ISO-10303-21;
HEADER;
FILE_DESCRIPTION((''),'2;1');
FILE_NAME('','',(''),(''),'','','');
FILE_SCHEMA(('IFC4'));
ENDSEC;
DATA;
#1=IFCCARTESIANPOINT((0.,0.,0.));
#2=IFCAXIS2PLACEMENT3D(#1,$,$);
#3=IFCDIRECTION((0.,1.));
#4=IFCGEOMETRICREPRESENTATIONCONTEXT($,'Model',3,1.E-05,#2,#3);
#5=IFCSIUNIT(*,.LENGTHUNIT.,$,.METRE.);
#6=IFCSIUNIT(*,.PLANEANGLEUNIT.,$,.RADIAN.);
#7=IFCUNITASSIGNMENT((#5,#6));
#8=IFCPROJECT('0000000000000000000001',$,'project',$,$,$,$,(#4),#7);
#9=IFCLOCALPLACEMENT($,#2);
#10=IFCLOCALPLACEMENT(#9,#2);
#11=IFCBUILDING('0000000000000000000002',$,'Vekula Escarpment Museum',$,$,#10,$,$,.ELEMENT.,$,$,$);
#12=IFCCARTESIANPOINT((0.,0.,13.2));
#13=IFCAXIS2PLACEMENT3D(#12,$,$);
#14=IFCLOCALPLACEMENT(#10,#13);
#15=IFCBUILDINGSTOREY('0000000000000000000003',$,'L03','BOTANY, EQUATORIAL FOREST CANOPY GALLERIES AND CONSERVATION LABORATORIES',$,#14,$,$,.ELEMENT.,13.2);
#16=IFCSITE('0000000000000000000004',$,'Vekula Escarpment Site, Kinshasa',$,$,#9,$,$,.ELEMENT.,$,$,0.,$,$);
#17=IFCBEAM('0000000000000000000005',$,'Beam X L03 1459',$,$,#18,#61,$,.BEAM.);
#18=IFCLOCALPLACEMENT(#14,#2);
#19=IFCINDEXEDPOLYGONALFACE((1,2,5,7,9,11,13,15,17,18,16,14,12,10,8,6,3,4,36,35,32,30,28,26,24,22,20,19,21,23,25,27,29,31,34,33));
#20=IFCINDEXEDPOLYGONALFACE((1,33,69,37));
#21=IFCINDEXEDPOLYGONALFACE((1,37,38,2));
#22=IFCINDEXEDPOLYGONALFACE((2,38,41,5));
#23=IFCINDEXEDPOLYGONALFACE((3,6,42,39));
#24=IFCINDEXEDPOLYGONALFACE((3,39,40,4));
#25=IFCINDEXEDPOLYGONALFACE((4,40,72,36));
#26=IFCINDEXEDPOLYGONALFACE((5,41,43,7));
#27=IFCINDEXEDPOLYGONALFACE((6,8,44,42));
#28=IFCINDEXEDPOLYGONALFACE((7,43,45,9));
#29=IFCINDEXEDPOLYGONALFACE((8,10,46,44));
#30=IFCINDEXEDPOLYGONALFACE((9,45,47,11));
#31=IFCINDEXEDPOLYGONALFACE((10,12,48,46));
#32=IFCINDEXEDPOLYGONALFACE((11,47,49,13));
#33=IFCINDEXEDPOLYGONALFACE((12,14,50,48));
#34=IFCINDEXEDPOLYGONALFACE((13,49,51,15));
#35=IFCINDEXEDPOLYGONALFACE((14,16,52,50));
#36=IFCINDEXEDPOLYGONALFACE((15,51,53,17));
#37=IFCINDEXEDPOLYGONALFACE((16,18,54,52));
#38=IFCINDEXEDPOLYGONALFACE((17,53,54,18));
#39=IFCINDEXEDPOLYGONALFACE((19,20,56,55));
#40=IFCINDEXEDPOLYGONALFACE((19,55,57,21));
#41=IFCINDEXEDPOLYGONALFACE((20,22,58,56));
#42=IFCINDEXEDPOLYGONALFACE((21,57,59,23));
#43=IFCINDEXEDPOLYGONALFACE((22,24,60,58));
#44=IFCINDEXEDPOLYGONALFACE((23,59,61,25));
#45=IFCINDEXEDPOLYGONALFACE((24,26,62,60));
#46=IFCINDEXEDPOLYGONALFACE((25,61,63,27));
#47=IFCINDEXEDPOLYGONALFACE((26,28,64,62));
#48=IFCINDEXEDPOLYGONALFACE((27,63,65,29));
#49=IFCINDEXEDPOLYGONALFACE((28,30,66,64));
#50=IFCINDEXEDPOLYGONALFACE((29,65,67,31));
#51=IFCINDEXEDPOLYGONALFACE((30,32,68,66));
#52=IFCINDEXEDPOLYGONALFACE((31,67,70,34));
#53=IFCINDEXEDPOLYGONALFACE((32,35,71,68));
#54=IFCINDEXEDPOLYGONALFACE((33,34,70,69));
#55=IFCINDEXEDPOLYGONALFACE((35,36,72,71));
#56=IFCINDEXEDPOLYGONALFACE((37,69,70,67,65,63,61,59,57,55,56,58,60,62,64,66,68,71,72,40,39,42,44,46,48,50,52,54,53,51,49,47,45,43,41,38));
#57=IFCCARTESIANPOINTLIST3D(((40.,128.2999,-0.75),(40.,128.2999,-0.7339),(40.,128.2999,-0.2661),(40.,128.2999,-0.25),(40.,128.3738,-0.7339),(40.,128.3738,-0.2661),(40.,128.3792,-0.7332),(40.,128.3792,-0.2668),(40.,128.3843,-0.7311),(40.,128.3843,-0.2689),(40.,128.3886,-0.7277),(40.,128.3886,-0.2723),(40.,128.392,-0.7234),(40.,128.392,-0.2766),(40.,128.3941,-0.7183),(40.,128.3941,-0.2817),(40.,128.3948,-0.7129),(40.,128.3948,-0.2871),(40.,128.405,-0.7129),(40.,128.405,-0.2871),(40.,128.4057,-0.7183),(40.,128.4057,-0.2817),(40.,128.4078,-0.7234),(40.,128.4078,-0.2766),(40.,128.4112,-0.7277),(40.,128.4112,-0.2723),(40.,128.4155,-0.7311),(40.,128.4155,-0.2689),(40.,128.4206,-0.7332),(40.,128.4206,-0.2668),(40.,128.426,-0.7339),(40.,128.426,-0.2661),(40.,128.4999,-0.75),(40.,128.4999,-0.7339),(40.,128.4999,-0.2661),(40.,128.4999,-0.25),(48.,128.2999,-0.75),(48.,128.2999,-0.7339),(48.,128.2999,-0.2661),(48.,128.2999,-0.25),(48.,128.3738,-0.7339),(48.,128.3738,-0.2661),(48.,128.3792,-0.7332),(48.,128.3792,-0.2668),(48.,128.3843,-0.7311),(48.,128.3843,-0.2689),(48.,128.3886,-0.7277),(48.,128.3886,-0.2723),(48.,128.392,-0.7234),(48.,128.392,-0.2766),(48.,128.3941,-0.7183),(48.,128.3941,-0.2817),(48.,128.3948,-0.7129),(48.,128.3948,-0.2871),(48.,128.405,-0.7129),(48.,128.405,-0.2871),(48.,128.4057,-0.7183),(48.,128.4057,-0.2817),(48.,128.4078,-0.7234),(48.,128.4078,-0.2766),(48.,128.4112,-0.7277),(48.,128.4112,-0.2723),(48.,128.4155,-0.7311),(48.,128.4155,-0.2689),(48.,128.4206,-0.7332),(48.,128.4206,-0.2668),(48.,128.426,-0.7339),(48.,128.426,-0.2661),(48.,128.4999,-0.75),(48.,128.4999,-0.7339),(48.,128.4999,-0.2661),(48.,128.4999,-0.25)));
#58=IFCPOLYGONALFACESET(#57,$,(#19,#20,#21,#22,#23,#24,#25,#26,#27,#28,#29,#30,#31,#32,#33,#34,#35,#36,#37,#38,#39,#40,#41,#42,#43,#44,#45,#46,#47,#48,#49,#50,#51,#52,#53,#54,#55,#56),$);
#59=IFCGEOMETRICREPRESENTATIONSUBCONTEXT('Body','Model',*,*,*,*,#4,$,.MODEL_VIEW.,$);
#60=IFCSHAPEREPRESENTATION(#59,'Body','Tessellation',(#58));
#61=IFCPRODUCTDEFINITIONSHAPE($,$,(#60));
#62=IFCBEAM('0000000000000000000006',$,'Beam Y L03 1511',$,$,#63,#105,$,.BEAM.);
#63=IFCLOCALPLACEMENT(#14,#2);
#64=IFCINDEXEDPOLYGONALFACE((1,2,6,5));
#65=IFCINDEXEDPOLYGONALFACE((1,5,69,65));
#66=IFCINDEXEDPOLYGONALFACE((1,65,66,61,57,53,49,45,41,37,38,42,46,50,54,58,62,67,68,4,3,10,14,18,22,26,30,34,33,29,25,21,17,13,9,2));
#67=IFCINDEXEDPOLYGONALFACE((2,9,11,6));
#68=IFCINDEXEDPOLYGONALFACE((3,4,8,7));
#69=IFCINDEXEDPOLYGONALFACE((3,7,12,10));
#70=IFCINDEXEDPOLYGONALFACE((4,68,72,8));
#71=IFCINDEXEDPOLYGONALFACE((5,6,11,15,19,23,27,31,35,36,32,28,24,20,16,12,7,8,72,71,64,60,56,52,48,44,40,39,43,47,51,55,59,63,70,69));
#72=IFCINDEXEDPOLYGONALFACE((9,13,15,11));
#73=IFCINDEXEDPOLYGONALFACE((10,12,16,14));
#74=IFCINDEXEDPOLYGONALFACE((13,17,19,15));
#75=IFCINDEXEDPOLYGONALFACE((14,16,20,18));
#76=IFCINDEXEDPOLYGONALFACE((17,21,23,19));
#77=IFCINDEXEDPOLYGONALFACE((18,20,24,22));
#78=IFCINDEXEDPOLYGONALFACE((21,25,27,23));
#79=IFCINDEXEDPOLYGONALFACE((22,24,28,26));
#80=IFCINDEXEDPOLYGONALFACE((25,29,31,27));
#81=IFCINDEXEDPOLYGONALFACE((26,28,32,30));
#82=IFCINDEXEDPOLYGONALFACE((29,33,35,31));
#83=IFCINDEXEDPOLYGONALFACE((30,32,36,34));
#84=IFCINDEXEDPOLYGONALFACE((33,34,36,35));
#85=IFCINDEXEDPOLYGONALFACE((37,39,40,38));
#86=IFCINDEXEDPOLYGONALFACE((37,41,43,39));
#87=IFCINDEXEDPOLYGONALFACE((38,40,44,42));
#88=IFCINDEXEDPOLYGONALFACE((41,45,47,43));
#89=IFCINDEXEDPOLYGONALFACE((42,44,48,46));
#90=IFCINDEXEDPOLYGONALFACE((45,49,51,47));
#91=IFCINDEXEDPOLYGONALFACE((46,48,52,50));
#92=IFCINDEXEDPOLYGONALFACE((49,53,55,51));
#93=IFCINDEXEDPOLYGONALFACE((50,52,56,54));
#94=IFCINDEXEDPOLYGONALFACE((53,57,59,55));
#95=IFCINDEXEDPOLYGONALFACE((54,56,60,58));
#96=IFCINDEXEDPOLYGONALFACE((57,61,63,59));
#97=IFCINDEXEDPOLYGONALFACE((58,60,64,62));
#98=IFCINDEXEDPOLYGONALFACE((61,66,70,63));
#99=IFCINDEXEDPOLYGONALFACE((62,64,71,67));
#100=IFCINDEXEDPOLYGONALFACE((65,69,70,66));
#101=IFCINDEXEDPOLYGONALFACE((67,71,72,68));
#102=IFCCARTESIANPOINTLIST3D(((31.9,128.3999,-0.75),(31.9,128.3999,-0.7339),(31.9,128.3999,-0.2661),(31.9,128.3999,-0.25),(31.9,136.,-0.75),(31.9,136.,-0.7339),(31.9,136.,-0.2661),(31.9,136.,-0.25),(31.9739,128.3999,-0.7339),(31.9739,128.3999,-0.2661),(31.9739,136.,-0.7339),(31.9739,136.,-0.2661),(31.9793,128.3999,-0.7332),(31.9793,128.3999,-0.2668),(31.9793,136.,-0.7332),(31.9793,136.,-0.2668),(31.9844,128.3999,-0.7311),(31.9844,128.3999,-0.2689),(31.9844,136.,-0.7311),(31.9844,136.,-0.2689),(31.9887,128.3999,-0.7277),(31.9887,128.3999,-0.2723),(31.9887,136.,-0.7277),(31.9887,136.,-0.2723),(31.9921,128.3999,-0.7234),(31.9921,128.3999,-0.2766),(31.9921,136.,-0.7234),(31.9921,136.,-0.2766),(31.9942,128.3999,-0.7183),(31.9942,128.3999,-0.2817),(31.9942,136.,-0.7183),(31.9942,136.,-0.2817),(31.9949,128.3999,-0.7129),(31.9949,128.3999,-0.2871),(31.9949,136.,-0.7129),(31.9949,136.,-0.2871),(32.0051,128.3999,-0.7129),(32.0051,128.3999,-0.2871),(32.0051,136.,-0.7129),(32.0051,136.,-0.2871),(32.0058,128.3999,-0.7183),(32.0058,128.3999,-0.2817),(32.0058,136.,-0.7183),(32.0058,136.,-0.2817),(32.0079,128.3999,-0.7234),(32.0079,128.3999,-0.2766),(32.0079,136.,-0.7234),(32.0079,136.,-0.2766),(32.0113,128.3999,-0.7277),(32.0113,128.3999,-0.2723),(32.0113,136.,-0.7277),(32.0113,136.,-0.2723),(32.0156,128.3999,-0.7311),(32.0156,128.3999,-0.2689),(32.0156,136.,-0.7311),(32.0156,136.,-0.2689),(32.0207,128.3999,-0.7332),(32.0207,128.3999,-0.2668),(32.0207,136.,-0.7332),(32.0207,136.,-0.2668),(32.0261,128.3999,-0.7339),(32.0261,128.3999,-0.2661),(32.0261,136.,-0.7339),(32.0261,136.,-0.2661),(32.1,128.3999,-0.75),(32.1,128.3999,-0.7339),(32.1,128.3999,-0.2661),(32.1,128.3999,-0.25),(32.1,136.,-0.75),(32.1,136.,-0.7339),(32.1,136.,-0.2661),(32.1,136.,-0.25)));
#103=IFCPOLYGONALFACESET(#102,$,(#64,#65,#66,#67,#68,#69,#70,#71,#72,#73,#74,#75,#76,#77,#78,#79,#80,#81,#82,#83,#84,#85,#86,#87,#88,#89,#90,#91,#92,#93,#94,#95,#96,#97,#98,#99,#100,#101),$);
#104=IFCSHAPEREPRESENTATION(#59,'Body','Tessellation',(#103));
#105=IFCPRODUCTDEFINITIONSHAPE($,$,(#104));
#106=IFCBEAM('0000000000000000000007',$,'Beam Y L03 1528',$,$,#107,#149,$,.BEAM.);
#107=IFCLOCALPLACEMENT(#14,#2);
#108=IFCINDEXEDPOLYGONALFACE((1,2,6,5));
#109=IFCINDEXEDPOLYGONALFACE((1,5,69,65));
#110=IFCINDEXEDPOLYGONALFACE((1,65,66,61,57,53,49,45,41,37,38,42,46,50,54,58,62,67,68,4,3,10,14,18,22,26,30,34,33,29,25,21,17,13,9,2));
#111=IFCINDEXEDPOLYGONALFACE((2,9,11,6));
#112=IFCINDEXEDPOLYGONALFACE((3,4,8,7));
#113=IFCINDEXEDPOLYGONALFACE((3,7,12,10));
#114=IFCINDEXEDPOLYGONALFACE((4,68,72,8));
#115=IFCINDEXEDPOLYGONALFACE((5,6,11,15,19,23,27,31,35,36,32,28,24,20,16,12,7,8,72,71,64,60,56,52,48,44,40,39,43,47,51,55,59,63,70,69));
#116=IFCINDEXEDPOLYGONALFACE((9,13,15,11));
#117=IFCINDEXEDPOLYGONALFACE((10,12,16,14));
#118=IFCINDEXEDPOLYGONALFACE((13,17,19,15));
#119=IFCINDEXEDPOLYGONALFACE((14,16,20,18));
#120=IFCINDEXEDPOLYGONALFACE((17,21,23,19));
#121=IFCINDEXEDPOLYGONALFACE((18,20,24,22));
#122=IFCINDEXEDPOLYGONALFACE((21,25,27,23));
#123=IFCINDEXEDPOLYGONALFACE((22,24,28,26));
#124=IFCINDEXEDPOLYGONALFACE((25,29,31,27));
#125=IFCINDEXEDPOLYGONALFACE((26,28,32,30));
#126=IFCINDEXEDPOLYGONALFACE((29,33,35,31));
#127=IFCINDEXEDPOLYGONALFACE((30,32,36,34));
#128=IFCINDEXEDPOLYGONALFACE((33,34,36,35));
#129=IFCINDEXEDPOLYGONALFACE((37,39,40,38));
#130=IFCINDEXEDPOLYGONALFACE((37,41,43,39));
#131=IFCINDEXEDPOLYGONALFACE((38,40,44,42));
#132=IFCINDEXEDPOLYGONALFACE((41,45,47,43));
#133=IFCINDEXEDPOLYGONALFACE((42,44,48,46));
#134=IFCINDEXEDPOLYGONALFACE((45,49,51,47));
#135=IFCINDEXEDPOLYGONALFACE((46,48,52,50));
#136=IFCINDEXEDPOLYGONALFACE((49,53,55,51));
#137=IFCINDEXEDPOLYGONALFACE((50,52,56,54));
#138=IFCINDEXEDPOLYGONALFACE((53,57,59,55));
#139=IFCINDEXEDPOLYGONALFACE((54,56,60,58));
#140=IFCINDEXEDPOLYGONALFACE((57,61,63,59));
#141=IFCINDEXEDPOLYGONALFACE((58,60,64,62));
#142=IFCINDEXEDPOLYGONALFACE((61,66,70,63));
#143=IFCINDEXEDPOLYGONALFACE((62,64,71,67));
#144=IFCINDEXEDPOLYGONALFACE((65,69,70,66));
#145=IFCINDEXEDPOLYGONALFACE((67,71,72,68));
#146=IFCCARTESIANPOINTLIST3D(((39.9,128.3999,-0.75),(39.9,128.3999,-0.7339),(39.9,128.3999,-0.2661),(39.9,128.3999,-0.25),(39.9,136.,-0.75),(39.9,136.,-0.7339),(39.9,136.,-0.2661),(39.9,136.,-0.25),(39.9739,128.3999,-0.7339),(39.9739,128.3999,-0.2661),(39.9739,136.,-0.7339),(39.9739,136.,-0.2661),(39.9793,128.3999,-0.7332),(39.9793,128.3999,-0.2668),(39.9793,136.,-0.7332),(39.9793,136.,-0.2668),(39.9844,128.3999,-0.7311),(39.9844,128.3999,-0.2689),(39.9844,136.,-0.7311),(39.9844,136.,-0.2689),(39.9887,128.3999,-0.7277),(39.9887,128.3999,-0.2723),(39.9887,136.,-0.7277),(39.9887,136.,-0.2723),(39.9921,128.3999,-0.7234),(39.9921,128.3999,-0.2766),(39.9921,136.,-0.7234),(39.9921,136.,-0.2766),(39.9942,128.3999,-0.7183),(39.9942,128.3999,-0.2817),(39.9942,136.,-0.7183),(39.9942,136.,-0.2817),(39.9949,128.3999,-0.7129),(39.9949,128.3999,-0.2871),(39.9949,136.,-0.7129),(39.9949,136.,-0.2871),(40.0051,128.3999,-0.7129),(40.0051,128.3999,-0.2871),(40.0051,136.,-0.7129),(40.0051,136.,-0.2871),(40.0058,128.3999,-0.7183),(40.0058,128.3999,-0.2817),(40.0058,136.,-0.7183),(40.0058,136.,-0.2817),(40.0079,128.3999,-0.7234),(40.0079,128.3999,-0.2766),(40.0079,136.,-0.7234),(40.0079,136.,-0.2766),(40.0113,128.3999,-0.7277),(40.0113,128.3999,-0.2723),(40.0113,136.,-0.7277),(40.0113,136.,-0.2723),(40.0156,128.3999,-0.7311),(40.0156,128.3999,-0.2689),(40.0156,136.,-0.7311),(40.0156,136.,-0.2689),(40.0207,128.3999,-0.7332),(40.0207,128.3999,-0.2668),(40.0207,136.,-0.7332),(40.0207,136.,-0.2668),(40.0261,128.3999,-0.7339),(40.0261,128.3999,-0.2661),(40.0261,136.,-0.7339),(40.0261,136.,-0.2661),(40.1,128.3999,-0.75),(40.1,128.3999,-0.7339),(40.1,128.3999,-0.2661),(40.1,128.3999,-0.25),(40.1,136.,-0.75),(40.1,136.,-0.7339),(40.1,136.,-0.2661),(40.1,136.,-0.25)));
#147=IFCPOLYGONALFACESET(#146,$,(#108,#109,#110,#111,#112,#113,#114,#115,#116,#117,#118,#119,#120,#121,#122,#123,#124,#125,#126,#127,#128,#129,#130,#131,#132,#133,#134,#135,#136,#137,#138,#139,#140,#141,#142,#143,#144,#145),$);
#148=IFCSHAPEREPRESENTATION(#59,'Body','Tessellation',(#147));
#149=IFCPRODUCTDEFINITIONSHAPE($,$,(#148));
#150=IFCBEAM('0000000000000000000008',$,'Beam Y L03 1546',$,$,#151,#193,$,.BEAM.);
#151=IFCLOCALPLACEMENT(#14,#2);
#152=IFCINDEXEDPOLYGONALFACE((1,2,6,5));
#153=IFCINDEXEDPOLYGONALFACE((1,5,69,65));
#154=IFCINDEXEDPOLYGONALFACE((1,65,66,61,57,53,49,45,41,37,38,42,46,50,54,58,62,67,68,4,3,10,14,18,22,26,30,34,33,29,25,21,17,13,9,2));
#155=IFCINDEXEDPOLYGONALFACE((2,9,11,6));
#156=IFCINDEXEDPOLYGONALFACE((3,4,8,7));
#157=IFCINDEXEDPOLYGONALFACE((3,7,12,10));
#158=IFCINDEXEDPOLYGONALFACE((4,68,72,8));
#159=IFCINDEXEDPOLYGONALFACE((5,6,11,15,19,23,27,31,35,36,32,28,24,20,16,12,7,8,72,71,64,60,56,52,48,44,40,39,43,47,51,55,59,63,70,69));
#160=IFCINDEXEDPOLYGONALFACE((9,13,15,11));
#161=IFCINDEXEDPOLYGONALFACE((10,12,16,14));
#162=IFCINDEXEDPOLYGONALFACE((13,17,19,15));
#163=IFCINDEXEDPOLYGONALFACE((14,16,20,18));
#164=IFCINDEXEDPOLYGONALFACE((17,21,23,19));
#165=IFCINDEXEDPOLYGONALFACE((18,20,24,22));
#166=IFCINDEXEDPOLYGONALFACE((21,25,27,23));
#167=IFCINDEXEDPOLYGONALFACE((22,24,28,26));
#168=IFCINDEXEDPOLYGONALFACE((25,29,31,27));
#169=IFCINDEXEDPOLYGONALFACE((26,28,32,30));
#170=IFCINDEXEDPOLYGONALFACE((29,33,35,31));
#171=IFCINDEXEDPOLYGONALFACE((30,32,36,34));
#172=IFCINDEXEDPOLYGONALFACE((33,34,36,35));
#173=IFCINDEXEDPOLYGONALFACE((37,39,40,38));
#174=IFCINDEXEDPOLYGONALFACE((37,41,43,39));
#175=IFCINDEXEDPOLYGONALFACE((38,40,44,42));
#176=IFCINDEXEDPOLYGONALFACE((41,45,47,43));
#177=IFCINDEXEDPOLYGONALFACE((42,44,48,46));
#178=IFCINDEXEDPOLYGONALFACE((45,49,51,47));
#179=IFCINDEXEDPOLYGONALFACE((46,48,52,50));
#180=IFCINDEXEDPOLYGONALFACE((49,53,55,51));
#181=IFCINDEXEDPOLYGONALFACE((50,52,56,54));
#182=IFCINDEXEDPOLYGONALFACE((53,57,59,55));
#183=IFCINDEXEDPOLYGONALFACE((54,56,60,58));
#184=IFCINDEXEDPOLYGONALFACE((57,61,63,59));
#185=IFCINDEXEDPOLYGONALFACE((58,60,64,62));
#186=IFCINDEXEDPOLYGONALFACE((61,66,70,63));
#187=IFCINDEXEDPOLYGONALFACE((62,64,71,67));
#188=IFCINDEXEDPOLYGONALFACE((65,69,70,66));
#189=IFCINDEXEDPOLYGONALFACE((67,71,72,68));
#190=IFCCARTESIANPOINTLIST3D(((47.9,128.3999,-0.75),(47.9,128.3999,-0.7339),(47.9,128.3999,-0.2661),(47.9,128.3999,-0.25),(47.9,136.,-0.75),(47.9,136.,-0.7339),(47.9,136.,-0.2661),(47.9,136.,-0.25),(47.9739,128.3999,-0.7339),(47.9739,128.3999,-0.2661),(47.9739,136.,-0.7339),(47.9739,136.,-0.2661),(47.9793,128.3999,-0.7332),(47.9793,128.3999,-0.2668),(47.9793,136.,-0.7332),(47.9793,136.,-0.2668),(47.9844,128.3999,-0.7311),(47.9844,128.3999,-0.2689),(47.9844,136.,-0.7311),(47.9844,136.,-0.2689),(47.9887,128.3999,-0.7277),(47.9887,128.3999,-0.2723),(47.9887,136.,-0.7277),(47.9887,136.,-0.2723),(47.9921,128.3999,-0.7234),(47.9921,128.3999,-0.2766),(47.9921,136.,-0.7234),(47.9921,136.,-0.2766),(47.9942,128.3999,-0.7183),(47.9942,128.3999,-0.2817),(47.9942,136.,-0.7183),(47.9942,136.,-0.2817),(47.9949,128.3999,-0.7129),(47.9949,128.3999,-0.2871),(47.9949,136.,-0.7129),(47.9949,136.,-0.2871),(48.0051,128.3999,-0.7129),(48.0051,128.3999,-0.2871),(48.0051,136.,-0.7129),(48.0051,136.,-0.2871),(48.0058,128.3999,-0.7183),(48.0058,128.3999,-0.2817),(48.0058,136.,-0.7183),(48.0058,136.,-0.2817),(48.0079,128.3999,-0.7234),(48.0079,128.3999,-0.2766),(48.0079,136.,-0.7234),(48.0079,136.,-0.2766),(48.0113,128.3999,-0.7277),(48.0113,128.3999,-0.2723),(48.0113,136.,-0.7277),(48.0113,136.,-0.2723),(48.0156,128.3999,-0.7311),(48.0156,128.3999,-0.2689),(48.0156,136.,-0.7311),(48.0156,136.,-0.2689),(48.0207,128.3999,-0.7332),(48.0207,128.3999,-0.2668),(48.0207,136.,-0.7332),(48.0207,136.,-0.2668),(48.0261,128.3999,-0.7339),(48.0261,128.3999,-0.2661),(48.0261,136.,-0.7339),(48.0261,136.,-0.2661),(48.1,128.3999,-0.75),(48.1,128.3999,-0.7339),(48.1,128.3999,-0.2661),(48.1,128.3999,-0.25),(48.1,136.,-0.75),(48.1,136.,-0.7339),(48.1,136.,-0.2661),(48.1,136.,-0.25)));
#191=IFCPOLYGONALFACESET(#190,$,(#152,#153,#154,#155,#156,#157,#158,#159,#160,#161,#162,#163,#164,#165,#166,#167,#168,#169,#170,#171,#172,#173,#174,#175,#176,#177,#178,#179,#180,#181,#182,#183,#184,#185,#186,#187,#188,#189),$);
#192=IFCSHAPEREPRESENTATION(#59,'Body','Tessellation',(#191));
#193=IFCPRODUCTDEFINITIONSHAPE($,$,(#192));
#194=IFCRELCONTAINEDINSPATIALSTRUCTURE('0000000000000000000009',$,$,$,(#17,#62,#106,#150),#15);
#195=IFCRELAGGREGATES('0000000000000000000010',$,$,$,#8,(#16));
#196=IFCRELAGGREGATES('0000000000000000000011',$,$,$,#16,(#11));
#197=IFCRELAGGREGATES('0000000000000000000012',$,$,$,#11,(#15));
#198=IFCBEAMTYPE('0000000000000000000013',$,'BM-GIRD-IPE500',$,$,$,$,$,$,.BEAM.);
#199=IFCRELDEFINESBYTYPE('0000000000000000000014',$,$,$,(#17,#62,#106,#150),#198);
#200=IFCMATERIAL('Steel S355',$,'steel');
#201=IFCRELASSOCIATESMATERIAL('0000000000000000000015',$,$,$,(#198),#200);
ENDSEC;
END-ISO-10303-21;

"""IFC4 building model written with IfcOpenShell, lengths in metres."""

from ifc_helpers import new_model, si_unit, direction, frame, origin, origin_2d, place, context, subcontext, project, spatial, i_section, extrude, material, material_profile, profile_set, type_object, element, save


model = new_model("IFC4")

# Units and contexts
model_context = context("Model", 3, precision=1e-05, world=origin(), true_north=direction((0.0, 1.0)))
body_context = subcontext(model_context, "Body", "Model", "MODEL_VIEW")
ifc_project = project(units=[si_unit("LENGTHUNIT", "METRE"), si_unit("PLANEANGLEUNIT", "RADIAN")], contexts=[model_context])

# Site, building, storey
site_placement = place(None, origin())
site = spatial("IfcSite", under=ifc_project, at=site_placement, Name="Vekula Escarpment Site, Kinshasa", CompositionType="ELEMENT", RefElevation=0.0)
building_placement = place(site_placement, origin())
building = spatial("IfcBuilding", under=site, at=building_placement, Name="Vekula Escarpment Museum", CompositionType="ELEMENT")
storey_placement = place(building_placement, frame((0.0, 0.0, 13.2)))
storey = spatial("IfcBuildingStorey", under=building, at=storey_placement, Name="L03", Description="BOTANY, EQUATORIAL FOREST CANOPY GALLERIES AND CONSERVATION LABORATORIES", CompositionType="ELEMENT", Elevation=13.2)

# Beams
ifc_material_1 = material(Name="Steel S355", Category="steel")
ifc_material_profile_1 = material_profile(ifc_material_1, i_section(OverallWidth=0.2, OverallDepth=0.5, WebThickness=0.0103, FlangeThickness=0.0161, FilletRadius=0.021, at=origin_2d()), Name="IPE 500")
ifc_profile_set_1 = profile_set([ifc_material_profile_1], Name="Steel S355")
beam_type_1 = type_object("IfcBeamType", Name="BM-GIRD-IPE500", PredefinedType="BEAM", material=ifc_profile_set_1)
beam_1_placement = place(storey_placement, frame((40.0, 128.3999, -0.5), z_axis=(1.0, 0.0, 0.0), x_axis=(0.0, 1.0, 0.0)))
element("IfcBeam", 1, at=beam_1_placement, inside=storey, type_object=beam_type_1, Name="Beam X L03 1459", PredefinedType="BEAM", context=body_context, shape_type="SweptSolid", body=[
    extrude(i_section(OverallWidth=0.2, OverallDepth=0.5, WebThickness=0.0103, FlangeThickness=0.0161, FilletRadius=0.021, at=origin_2d()), origin(), (0.0, 0.0, 1.0), 8.0),
])
for number, where, z_axis, x_axis, name in (
    (2, (32.0, 128.3999, -0.5), (0.0, 1.0, 0.0), (-1.0, 0.0, 0.0), "Beam Y L03 1511"),
    (3, (40.0, 128.3999, -0.5), (0.0, 1.0, 0.0), (-1.0, 0.0, 0.0), "Beam Y L03 1528"),
    (4, (48.0, 128.3999, -0.5), (0.0, 1.0, 0.0), (-1.0, 0.0, 0.0), "Beam Y L03 1546"),
):
    element("IfcBeam", number, at=place(storey_placement, frame(where, z_axis=z_axis, x_axis=x_axis)), inside=storey, type_object=beam_type_1, Name=name, PredefinedType="BEAM", context=body_context, shape_type="SweptSolid", body=[
        extrude(i_section(OverallWidth=0.2, OverallDepth=0.5, WebThickness=0.0103, FlangeThickness=0.0161, FilletRadius=0.021, at=origin_2d()), origin(), (0.0, 0.0, 1.0), 7.6001),
    ])

save(model, "model.ifc")
